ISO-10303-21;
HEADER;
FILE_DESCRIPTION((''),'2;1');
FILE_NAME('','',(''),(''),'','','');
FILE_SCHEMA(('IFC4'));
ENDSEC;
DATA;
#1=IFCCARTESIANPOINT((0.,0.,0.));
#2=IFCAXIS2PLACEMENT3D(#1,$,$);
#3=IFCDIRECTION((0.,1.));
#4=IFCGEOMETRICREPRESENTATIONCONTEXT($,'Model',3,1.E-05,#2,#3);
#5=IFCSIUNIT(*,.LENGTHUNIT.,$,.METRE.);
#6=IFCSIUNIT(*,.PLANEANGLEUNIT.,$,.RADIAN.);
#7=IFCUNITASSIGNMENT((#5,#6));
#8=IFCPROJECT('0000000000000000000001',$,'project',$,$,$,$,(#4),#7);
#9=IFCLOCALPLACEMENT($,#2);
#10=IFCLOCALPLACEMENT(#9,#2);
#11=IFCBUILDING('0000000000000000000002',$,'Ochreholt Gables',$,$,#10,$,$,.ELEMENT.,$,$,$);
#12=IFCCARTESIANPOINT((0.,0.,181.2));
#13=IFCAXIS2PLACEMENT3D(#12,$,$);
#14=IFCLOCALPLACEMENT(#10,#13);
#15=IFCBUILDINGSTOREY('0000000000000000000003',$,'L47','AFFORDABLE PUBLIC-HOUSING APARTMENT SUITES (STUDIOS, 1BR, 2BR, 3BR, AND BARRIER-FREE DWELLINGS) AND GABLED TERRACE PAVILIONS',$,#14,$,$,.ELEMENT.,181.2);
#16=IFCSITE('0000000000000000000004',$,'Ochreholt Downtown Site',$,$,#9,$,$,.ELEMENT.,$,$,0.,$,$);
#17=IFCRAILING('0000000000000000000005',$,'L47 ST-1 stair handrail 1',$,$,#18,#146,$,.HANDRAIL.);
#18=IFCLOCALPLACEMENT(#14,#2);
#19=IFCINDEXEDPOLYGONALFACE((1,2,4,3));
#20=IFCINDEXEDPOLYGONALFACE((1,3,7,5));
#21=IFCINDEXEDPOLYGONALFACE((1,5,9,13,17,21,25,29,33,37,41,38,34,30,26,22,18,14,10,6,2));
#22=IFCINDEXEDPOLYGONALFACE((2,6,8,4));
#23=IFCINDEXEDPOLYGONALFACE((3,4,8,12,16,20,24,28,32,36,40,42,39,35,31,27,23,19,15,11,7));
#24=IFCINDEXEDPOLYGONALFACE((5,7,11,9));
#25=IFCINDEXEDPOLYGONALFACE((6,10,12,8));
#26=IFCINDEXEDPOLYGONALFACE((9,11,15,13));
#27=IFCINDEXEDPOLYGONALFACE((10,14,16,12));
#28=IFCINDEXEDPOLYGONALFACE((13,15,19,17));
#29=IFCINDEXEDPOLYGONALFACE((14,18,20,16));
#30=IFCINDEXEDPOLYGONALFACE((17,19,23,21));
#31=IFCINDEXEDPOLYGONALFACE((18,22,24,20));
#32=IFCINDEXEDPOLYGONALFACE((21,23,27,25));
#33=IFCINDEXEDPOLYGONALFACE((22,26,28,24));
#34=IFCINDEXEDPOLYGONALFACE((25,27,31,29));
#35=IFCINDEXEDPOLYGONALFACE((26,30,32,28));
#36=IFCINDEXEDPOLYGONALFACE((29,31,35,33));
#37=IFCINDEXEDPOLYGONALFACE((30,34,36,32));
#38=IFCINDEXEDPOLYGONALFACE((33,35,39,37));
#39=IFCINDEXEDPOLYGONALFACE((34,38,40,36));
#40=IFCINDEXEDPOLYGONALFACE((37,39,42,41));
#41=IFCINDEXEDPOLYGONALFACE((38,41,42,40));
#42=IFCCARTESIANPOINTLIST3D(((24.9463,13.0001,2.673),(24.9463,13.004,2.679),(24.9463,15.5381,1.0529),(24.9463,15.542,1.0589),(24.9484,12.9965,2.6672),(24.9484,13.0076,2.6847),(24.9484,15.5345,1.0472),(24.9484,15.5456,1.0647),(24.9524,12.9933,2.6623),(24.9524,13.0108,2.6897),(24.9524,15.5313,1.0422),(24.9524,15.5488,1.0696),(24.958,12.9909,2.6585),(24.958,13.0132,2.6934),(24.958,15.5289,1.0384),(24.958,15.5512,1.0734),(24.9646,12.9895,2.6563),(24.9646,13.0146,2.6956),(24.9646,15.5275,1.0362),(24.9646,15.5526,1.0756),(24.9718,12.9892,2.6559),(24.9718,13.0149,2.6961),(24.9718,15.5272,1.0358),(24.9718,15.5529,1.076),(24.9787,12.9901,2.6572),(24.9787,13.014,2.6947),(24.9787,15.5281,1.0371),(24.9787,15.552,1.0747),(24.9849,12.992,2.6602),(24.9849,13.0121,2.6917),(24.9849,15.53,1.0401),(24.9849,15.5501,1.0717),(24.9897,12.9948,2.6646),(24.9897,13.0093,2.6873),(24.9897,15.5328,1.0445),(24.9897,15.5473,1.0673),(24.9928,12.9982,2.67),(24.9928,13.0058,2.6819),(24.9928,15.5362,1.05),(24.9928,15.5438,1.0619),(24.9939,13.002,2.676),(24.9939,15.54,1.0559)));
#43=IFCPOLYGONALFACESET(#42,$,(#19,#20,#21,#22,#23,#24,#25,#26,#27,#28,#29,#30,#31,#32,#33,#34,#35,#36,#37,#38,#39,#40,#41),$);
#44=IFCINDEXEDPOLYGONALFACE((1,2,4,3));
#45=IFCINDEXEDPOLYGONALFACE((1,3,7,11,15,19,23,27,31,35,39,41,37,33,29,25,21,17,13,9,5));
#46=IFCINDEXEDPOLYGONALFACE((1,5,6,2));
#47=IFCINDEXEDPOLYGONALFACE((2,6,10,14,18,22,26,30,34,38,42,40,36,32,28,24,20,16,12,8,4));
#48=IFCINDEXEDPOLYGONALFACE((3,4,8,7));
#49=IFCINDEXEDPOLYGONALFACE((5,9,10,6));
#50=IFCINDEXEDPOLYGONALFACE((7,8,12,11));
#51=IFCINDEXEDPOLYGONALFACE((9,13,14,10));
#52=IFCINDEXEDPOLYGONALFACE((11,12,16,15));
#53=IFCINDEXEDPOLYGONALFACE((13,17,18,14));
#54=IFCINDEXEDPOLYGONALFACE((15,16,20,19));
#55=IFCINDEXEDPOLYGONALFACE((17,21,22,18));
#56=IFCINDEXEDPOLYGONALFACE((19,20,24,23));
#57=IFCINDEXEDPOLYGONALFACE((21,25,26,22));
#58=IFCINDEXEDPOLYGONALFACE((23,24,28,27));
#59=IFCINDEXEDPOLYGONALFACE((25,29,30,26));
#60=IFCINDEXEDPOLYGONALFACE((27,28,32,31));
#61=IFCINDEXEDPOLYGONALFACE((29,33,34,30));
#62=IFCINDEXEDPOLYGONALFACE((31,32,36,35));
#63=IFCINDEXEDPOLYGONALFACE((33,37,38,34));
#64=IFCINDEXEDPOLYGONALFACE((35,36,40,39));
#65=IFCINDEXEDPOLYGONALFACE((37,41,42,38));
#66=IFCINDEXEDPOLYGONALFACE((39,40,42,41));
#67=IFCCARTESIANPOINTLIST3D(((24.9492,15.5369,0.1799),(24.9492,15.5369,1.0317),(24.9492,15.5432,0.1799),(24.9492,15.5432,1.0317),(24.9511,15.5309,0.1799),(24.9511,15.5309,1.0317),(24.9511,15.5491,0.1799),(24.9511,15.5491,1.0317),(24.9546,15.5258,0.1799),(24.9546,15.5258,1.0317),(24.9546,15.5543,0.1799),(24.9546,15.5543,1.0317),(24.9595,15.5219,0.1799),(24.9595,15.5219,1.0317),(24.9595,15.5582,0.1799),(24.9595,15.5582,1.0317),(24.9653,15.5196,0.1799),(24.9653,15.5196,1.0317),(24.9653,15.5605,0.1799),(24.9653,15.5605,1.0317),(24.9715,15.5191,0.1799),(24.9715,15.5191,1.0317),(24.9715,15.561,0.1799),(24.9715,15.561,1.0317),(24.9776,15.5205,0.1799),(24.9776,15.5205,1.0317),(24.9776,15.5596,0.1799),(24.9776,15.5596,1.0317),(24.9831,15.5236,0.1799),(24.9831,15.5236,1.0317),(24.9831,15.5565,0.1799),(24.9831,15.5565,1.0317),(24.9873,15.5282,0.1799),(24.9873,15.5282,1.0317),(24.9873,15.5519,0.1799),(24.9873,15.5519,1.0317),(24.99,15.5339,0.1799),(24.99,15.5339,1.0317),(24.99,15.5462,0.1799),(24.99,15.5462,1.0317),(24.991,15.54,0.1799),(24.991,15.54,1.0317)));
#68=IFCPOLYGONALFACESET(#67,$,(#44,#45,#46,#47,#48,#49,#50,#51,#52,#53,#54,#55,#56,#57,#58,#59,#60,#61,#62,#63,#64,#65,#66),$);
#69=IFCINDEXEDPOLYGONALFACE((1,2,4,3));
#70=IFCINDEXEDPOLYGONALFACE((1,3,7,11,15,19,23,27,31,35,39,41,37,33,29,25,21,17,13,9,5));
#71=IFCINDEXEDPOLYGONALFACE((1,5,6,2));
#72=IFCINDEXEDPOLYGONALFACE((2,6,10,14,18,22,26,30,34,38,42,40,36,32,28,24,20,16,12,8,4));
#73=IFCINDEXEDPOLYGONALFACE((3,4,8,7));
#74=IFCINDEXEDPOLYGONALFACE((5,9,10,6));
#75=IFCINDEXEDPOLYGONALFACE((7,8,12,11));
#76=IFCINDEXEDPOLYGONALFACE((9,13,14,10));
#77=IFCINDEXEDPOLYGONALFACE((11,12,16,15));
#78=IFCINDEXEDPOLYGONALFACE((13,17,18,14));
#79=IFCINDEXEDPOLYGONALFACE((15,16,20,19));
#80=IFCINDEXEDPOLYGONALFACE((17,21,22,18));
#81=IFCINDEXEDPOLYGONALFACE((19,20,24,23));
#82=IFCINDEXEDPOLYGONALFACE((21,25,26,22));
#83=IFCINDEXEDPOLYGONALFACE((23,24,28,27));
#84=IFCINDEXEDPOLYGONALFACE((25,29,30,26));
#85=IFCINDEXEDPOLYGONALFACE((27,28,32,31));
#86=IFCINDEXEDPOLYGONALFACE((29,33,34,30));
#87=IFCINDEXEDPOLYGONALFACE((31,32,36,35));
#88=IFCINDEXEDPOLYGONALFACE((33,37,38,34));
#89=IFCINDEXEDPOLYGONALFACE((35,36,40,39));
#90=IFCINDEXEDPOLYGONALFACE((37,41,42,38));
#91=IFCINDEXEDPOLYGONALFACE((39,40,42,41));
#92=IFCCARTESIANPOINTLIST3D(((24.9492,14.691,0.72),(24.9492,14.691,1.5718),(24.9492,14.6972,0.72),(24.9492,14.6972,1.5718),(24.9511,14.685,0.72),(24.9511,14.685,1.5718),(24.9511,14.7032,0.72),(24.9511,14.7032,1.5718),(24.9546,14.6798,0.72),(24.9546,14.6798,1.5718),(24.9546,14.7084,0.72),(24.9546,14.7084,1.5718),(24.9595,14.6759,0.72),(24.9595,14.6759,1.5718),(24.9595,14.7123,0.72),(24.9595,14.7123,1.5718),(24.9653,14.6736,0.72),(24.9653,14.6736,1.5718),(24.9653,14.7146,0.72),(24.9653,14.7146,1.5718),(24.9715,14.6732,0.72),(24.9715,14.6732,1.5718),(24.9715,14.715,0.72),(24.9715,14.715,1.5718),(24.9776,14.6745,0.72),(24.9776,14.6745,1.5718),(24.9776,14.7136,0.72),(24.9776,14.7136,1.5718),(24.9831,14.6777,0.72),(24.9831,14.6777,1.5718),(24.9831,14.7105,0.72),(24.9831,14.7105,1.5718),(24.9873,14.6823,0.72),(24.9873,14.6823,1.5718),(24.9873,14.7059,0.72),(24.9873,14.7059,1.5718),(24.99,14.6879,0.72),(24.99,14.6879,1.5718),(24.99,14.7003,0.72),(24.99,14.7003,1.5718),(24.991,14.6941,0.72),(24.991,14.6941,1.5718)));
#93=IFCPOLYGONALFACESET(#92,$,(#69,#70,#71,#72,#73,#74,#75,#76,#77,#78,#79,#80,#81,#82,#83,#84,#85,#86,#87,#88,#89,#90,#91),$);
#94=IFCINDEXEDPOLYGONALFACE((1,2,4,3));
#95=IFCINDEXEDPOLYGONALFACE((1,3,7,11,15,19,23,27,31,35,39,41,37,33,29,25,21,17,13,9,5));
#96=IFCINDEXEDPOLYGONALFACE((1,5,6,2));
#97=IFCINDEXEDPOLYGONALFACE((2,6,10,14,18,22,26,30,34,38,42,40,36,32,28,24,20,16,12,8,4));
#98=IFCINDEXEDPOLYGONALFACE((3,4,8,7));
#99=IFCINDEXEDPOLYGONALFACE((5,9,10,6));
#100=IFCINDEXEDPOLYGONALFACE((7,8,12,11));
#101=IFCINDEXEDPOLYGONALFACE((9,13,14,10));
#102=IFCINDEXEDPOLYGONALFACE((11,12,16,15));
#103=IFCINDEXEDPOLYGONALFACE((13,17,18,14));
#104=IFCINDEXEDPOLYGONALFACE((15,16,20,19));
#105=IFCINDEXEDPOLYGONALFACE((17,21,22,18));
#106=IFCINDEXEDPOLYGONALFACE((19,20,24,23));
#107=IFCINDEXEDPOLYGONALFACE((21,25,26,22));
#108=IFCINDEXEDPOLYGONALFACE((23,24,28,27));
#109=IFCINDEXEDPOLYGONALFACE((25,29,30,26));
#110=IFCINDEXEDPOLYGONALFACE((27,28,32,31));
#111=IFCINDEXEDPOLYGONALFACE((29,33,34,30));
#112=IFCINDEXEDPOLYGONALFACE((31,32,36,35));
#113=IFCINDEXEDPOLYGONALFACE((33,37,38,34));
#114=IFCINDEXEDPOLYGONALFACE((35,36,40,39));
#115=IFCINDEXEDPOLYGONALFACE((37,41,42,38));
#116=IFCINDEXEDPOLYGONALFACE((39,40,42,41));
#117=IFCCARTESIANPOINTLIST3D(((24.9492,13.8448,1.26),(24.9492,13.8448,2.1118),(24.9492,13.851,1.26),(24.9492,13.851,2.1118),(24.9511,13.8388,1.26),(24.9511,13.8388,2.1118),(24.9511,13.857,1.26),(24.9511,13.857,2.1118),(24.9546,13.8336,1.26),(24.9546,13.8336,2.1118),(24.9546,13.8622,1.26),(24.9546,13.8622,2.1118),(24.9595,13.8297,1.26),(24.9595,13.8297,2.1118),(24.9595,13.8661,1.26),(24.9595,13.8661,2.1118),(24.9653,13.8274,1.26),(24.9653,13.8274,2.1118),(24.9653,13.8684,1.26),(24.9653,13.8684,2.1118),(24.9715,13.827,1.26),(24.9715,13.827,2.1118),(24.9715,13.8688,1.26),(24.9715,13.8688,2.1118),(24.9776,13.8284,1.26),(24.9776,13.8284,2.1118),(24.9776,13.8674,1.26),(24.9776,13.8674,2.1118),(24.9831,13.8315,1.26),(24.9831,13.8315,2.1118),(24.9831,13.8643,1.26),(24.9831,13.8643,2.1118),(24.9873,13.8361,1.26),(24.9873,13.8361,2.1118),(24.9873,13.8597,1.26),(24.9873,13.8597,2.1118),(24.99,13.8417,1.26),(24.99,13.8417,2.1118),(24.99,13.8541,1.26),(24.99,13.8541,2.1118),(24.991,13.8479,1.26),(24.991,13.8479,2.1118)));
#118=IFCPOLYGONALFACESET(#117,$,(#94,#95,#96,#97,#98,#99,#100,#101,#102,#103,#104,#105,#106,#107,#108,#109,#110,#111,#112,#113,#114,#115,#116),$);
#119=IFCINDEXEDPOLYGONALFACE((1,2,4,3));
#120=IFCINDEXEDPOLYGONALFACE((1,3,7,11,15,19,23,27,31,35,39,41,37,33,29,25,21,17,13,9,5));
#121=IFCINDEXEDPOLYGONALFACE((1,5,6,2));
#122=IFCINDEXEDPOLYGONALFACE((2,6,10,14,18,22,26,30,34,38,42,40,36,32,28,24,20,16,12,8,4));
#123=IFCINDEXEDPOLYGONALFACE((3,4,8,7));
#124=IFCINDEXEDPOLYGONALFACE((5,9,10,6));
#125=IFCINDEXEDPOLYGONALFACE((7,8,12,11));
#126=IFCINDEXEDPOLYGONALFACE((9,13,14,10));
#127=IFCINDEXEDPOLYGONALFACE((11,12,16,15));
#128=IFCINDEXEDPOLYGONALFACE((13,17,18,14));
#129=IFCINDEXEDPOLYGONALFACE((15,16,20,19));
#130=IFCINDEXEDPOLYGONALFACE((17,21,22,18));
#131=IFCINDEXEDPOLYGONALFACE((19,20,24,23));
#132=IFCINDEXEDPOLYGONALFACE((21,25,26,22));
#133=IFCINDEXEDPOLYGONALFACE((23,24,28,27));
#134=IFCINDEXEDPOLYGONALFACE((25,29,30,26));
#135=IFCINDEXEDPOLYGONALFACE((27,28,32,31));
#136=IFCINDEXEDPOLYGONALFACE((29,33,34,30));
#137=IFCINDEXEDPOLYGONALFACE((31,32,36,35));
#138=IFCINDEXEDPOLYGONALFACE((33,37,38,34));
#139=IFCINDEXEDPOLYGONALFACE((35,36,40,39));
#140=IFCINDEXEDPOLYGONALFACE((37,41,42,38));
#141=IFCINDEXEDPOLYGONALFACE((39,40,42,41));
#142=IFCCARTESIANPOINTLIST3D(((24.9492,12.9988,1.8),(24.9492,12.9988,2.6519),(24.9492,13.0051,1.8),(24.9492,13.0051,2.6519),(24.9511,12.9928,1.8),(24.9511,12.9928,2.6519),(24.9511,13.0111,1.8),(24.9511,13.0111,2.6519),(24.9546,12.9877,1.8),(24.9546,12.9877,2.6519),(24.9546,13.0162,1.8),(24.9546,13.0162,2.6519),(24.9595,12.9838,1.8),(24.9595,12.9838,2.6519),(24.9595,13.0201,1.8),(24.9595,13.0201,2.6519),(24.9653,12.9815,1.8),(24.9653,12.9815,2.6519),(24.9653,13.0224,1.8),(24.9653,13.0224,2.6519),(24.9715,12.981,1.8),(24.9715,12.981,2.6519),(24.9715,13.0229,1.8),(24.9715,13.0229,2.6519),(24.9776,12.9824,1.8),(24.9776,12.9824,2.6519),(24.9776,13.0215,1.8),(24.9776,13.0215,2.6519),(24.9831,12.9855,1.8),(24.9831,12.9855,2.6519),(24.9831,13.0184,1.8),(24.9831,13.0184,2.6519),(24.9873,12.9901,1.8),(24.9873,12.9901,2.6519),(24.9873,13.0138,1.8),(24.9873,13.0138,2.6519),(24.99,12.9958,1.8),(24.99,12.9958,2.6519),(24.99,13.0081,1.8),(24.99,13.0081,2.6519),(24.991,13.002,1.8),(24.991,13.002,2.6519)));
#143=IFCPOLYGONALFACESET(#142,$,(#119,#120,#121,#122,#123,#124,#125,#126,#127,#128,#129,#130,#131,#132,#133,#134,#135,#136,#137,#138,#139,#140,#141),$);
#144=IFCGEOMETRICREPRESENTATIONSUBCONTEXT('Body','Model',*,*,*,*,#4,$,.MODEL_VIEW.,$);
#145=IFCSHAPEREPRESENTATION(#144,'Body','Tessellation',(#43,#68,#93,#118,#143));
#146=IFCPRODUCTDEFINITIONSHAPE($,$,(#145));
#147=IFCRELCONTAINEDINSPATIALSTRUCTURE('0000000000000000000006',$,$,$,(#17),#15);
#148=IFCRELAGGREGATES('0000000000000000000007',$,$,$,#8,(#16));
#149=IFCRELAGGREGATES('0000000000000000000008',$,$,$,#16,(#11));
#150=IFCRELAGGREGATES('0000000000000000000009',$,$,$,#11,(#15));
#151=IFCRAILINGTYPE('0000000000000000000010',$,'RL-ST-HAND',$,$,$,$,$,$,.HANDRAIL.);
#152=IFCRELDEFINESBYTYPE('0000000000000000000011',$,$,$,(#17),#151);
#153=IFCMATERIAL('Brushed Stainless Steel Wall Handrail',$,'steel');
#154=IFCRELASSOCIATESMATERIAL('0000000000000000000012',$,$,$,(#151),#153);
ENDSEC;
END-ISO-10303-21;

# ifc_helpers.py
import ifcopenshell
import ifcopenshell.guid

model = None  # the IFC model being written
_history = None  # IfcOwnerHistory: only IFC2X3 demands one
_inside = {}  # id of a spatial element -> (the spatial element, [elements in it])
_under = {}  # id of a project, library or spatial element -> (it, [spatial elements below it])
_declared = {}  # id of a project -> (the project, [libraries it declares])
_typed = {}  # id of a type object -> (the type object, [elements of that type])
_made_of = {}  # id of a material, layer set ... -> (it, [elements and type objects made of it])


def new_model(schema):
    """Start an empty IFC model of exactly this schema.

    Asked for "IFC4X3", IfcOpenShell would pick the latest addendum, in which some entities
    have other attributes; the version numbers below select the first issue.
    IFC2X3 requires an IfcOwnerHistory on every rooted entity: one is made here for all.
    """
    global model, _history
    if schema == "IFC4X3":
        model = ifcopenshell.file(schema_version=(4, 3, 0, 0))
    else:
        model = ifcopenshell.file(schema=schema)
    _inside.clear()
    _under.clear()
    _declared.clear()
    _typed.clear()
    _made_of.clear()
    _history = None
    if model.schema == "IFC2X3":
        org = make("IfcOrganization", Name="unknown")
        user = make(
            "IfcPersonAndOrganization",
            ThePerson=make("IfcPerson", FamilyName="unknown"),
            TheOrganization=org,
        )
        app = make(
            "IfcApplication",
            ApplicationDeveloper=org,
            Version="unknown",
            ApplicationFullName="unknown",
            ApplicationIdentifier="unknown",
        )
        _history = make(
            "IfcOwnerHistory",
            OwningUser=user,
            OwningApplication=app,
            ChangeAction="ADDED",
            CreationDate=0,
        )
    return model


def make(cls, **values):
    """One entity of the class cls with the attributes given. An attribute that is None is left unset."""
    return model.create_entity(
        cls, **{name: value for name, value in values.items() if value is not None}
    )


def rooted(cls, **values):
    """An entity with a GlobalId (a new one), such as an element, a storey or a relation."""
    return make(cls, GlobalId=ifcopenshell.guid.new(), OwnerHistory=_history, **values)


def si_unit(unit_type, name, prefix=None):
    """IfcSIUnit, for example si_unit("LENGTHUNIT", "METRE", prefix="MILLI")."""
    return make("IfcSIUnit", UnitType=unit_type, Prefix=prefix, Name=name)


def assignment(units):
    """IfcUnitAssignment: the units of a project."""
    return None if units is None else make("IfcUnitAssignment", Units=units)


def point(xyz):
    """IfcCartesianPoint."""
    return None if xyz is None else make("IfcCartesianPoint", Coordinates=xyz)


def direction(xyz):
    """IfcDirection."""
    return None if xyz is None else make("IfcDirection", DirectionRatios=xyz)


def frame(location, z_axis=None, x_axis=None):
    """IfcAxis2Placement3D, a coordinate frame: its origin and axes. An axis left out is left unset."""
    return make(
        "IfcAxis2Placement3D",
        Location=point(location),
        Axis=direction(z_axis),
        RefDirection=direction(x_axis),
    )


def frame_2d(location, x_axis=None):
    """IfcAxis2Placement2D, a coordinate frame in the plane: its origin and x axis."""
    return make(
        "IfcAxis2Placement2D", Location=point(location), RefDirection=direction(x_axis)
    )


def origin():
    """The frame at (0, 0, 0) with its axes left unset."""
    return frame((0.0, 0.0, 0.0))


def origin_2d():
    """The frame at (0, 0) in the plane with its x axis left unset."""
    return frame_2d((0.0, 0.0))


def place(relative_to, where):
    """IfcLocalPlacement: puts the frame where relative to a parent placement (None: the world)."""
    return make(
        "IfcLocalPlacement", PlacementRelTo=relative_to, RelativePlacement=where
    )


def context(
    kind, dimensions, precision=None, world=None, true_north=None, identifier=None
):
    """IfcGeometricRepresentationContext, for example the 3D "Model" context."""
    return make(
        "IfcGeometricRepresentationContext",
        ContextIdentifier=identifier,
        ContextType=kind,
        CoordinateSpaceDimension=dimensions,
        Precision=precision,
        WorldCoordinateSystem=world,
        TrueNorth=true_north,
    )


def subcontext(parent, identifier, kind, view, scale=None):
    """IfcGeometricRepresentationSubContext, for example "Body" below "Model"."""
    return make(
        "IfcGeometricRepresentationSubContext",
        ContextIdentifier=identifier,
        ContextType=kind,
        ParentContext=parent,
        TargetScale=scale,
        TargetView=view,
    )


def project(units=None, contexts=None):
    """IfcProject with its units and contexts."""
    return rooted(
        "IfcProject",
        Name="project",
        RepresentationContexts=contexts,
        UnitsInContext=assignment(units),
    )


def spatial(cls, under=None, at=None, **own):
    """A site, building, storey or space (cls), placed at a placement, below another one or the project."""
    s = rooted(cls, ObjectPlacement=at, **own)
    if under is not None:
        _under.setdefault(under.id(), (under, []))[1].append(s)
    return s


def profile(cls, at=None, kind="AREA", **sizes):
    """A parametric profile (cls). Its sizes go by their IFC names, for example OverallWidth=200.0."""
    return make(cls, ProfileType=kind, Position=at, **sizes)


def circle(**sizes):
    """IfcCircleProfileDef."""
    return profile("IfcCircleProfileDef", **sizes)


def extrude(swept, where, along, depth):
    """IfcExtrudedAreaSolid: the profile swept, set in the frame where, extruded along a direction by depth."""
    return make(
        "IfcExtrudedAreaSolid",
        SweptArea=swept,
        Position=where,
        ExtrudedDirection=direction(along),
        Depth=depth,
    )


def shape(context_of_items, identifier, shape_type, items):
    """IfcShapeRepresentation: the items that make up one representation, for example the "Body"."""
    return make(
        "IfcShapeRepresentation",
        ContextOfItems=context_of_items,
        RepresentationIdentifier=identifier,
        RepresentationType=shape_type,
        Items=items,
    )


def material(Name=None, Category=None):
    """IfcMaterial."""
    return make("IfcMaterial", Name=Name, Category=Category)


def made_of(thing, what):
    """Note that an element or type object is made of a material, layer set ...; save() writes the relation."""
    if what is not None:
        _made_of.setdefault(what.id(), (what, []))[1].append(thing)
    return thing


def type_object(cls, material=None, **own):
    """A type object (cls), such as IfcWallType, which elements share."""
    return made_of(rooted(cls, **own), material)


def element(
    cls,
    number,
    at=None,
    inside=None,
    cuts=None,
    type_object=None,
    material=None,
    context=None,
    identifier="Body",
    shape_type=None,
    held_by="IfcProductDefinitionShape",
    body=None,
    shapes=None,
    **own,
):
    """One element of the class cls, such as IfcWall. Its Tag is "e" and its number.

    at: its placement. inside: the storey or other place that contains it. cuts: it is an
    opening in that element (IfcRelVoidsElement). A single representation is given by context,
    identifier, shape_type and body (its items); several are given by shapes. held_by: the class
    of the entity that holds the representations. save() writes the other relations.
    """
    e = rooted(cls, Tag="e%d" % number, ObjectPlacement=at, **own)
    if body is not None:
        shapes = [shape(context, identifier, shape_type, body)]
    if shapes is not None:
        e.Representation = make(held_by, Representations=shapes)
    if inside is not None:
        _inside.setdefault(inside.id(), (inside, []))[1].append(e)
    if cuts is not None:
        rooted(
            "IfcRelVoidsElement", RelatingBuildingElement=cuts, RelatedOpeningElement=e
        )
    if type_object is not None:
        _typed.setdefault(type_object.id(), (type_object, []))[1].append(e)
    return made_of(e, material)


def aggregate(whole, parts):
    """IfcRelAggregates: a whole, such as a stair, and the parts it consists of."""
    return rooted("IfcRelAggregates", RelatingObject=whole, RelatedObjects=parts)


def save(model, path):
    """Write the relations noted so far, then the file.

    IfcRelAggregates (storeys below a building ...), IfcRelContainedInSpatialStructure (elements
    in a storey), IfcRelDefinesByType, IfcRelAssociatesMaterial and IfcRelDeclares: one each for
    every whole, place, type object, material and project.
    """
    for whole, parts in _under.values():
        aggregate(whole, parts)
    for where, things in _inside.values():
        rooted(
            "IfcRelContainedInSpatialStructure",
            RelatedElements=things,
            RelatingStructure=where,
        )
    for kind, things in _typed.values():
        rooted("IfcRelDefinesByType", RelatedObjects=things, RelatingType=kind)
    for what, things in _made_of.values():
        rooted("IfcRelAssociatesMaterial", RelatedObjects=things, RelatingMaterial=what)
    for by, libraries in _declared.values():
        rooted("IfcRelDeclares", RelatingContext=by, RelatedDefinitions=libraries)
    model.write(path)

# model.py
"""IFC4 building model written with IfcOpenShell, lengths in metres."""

from ifc_helpers import new_model, si_unit, direction, frame, origin, origin_2d, place, context, subcontext, project, spatial, circle, extrude, material, type_object, element, save


model = new_model("IFC4")

# Units and contexts
model_context = context("Model", 3, precision=1e-05, world=origin(), true_north=direction((0.0, 1.0)))
body_context = subcontext(model_context, "Body", "Model", "MODEL_VIEW")
ifc_project = project(units=[si_unit("LENGTHUNIT", "METRE"), si_unit("PLANEANGLEUNIT", "RADIAN")], contexts=[model_context])

# Site, building, storey
site_placement = place(None, origin())
site = spatial("IfcSite", under=ifc_project, at=site_placement, Name="Ochreholt Downtown Site", CompositionType="ELEMENT", RefElevation=0.0)
building_placement = place(site_placement, origin())
building = spatial("IfcBuilding", under=site, at=building_placement, Name="Ochreholt Gables", CompositionType="ELEMENT")
storey_placement = place(building_placement, frame((0.0, 0.0, 181.2)))
storey = spatial("IfcBuildingStorey", under=building, at=storey_placement, Name="L47", Description="AFFORDABLE PUBLIC-HOUSING APARTMENT SUITES (STUDIOS, 1BR, 2BR, 3BR, AND BARRIER-FREE DWELLINGS) AND GABLED TERRACE PAVILIONS", CompositionType="ELEMENT", Elevation=181.2)

# Railing
ifc_material_1 = material(Name="Brushed Stainless Steel Wall Handrail", Category="steel")
railing_type_1 = type_object("IfcRailingType", Name="RL-ST-HAND", PredefinedType="HANDRAIL", material=ifc_material_1)
railing_1_placement = place(storey_placement, frame((24.97, 15.54, 0.1799)))
element("IfcRailing", 1, at=railing_1_placement, inside=storey, type_object=railing_type_1, Name="L47 ST-1 stair handrail 1", PredefinedType="HANDRAIL", context=body_context, shape_type="SweptSolid", body=[
    extrude(circle(Radius=0.0239, at=origin_2d()), frame((0.0, 0.0, 0.876), z_axis=(0.0, -0.842913, 0.53805), x_axis=(1.0, 0.0, 0.0)), (0.0, 0.0, 1.0), 3.011),
    extrude(circle(Radius=0.021, at=origin_2d()), origin(), (0.0, 0.0, 1.0), 0.8518),
    extrude(circle(Radius=0.021, at=origin_2d()), frame((0.0, -0.8459, 0.54)), (0.0, 0.0, 1.0), 0.8518),
    extrude(circle(Radius=0.021, at=origin_2d()), frame((0.0, -1.6921, 1.0801)), (0.0, 0.0, 1.0), 0.8518),
    extrude(circle(Radius=0.021, at=origin_2d()), frame((0.0, -2.5381, 1.6201)), (0.0, 0.0, 1.0), 0.8518),
])

save(model, "model.ifc")
